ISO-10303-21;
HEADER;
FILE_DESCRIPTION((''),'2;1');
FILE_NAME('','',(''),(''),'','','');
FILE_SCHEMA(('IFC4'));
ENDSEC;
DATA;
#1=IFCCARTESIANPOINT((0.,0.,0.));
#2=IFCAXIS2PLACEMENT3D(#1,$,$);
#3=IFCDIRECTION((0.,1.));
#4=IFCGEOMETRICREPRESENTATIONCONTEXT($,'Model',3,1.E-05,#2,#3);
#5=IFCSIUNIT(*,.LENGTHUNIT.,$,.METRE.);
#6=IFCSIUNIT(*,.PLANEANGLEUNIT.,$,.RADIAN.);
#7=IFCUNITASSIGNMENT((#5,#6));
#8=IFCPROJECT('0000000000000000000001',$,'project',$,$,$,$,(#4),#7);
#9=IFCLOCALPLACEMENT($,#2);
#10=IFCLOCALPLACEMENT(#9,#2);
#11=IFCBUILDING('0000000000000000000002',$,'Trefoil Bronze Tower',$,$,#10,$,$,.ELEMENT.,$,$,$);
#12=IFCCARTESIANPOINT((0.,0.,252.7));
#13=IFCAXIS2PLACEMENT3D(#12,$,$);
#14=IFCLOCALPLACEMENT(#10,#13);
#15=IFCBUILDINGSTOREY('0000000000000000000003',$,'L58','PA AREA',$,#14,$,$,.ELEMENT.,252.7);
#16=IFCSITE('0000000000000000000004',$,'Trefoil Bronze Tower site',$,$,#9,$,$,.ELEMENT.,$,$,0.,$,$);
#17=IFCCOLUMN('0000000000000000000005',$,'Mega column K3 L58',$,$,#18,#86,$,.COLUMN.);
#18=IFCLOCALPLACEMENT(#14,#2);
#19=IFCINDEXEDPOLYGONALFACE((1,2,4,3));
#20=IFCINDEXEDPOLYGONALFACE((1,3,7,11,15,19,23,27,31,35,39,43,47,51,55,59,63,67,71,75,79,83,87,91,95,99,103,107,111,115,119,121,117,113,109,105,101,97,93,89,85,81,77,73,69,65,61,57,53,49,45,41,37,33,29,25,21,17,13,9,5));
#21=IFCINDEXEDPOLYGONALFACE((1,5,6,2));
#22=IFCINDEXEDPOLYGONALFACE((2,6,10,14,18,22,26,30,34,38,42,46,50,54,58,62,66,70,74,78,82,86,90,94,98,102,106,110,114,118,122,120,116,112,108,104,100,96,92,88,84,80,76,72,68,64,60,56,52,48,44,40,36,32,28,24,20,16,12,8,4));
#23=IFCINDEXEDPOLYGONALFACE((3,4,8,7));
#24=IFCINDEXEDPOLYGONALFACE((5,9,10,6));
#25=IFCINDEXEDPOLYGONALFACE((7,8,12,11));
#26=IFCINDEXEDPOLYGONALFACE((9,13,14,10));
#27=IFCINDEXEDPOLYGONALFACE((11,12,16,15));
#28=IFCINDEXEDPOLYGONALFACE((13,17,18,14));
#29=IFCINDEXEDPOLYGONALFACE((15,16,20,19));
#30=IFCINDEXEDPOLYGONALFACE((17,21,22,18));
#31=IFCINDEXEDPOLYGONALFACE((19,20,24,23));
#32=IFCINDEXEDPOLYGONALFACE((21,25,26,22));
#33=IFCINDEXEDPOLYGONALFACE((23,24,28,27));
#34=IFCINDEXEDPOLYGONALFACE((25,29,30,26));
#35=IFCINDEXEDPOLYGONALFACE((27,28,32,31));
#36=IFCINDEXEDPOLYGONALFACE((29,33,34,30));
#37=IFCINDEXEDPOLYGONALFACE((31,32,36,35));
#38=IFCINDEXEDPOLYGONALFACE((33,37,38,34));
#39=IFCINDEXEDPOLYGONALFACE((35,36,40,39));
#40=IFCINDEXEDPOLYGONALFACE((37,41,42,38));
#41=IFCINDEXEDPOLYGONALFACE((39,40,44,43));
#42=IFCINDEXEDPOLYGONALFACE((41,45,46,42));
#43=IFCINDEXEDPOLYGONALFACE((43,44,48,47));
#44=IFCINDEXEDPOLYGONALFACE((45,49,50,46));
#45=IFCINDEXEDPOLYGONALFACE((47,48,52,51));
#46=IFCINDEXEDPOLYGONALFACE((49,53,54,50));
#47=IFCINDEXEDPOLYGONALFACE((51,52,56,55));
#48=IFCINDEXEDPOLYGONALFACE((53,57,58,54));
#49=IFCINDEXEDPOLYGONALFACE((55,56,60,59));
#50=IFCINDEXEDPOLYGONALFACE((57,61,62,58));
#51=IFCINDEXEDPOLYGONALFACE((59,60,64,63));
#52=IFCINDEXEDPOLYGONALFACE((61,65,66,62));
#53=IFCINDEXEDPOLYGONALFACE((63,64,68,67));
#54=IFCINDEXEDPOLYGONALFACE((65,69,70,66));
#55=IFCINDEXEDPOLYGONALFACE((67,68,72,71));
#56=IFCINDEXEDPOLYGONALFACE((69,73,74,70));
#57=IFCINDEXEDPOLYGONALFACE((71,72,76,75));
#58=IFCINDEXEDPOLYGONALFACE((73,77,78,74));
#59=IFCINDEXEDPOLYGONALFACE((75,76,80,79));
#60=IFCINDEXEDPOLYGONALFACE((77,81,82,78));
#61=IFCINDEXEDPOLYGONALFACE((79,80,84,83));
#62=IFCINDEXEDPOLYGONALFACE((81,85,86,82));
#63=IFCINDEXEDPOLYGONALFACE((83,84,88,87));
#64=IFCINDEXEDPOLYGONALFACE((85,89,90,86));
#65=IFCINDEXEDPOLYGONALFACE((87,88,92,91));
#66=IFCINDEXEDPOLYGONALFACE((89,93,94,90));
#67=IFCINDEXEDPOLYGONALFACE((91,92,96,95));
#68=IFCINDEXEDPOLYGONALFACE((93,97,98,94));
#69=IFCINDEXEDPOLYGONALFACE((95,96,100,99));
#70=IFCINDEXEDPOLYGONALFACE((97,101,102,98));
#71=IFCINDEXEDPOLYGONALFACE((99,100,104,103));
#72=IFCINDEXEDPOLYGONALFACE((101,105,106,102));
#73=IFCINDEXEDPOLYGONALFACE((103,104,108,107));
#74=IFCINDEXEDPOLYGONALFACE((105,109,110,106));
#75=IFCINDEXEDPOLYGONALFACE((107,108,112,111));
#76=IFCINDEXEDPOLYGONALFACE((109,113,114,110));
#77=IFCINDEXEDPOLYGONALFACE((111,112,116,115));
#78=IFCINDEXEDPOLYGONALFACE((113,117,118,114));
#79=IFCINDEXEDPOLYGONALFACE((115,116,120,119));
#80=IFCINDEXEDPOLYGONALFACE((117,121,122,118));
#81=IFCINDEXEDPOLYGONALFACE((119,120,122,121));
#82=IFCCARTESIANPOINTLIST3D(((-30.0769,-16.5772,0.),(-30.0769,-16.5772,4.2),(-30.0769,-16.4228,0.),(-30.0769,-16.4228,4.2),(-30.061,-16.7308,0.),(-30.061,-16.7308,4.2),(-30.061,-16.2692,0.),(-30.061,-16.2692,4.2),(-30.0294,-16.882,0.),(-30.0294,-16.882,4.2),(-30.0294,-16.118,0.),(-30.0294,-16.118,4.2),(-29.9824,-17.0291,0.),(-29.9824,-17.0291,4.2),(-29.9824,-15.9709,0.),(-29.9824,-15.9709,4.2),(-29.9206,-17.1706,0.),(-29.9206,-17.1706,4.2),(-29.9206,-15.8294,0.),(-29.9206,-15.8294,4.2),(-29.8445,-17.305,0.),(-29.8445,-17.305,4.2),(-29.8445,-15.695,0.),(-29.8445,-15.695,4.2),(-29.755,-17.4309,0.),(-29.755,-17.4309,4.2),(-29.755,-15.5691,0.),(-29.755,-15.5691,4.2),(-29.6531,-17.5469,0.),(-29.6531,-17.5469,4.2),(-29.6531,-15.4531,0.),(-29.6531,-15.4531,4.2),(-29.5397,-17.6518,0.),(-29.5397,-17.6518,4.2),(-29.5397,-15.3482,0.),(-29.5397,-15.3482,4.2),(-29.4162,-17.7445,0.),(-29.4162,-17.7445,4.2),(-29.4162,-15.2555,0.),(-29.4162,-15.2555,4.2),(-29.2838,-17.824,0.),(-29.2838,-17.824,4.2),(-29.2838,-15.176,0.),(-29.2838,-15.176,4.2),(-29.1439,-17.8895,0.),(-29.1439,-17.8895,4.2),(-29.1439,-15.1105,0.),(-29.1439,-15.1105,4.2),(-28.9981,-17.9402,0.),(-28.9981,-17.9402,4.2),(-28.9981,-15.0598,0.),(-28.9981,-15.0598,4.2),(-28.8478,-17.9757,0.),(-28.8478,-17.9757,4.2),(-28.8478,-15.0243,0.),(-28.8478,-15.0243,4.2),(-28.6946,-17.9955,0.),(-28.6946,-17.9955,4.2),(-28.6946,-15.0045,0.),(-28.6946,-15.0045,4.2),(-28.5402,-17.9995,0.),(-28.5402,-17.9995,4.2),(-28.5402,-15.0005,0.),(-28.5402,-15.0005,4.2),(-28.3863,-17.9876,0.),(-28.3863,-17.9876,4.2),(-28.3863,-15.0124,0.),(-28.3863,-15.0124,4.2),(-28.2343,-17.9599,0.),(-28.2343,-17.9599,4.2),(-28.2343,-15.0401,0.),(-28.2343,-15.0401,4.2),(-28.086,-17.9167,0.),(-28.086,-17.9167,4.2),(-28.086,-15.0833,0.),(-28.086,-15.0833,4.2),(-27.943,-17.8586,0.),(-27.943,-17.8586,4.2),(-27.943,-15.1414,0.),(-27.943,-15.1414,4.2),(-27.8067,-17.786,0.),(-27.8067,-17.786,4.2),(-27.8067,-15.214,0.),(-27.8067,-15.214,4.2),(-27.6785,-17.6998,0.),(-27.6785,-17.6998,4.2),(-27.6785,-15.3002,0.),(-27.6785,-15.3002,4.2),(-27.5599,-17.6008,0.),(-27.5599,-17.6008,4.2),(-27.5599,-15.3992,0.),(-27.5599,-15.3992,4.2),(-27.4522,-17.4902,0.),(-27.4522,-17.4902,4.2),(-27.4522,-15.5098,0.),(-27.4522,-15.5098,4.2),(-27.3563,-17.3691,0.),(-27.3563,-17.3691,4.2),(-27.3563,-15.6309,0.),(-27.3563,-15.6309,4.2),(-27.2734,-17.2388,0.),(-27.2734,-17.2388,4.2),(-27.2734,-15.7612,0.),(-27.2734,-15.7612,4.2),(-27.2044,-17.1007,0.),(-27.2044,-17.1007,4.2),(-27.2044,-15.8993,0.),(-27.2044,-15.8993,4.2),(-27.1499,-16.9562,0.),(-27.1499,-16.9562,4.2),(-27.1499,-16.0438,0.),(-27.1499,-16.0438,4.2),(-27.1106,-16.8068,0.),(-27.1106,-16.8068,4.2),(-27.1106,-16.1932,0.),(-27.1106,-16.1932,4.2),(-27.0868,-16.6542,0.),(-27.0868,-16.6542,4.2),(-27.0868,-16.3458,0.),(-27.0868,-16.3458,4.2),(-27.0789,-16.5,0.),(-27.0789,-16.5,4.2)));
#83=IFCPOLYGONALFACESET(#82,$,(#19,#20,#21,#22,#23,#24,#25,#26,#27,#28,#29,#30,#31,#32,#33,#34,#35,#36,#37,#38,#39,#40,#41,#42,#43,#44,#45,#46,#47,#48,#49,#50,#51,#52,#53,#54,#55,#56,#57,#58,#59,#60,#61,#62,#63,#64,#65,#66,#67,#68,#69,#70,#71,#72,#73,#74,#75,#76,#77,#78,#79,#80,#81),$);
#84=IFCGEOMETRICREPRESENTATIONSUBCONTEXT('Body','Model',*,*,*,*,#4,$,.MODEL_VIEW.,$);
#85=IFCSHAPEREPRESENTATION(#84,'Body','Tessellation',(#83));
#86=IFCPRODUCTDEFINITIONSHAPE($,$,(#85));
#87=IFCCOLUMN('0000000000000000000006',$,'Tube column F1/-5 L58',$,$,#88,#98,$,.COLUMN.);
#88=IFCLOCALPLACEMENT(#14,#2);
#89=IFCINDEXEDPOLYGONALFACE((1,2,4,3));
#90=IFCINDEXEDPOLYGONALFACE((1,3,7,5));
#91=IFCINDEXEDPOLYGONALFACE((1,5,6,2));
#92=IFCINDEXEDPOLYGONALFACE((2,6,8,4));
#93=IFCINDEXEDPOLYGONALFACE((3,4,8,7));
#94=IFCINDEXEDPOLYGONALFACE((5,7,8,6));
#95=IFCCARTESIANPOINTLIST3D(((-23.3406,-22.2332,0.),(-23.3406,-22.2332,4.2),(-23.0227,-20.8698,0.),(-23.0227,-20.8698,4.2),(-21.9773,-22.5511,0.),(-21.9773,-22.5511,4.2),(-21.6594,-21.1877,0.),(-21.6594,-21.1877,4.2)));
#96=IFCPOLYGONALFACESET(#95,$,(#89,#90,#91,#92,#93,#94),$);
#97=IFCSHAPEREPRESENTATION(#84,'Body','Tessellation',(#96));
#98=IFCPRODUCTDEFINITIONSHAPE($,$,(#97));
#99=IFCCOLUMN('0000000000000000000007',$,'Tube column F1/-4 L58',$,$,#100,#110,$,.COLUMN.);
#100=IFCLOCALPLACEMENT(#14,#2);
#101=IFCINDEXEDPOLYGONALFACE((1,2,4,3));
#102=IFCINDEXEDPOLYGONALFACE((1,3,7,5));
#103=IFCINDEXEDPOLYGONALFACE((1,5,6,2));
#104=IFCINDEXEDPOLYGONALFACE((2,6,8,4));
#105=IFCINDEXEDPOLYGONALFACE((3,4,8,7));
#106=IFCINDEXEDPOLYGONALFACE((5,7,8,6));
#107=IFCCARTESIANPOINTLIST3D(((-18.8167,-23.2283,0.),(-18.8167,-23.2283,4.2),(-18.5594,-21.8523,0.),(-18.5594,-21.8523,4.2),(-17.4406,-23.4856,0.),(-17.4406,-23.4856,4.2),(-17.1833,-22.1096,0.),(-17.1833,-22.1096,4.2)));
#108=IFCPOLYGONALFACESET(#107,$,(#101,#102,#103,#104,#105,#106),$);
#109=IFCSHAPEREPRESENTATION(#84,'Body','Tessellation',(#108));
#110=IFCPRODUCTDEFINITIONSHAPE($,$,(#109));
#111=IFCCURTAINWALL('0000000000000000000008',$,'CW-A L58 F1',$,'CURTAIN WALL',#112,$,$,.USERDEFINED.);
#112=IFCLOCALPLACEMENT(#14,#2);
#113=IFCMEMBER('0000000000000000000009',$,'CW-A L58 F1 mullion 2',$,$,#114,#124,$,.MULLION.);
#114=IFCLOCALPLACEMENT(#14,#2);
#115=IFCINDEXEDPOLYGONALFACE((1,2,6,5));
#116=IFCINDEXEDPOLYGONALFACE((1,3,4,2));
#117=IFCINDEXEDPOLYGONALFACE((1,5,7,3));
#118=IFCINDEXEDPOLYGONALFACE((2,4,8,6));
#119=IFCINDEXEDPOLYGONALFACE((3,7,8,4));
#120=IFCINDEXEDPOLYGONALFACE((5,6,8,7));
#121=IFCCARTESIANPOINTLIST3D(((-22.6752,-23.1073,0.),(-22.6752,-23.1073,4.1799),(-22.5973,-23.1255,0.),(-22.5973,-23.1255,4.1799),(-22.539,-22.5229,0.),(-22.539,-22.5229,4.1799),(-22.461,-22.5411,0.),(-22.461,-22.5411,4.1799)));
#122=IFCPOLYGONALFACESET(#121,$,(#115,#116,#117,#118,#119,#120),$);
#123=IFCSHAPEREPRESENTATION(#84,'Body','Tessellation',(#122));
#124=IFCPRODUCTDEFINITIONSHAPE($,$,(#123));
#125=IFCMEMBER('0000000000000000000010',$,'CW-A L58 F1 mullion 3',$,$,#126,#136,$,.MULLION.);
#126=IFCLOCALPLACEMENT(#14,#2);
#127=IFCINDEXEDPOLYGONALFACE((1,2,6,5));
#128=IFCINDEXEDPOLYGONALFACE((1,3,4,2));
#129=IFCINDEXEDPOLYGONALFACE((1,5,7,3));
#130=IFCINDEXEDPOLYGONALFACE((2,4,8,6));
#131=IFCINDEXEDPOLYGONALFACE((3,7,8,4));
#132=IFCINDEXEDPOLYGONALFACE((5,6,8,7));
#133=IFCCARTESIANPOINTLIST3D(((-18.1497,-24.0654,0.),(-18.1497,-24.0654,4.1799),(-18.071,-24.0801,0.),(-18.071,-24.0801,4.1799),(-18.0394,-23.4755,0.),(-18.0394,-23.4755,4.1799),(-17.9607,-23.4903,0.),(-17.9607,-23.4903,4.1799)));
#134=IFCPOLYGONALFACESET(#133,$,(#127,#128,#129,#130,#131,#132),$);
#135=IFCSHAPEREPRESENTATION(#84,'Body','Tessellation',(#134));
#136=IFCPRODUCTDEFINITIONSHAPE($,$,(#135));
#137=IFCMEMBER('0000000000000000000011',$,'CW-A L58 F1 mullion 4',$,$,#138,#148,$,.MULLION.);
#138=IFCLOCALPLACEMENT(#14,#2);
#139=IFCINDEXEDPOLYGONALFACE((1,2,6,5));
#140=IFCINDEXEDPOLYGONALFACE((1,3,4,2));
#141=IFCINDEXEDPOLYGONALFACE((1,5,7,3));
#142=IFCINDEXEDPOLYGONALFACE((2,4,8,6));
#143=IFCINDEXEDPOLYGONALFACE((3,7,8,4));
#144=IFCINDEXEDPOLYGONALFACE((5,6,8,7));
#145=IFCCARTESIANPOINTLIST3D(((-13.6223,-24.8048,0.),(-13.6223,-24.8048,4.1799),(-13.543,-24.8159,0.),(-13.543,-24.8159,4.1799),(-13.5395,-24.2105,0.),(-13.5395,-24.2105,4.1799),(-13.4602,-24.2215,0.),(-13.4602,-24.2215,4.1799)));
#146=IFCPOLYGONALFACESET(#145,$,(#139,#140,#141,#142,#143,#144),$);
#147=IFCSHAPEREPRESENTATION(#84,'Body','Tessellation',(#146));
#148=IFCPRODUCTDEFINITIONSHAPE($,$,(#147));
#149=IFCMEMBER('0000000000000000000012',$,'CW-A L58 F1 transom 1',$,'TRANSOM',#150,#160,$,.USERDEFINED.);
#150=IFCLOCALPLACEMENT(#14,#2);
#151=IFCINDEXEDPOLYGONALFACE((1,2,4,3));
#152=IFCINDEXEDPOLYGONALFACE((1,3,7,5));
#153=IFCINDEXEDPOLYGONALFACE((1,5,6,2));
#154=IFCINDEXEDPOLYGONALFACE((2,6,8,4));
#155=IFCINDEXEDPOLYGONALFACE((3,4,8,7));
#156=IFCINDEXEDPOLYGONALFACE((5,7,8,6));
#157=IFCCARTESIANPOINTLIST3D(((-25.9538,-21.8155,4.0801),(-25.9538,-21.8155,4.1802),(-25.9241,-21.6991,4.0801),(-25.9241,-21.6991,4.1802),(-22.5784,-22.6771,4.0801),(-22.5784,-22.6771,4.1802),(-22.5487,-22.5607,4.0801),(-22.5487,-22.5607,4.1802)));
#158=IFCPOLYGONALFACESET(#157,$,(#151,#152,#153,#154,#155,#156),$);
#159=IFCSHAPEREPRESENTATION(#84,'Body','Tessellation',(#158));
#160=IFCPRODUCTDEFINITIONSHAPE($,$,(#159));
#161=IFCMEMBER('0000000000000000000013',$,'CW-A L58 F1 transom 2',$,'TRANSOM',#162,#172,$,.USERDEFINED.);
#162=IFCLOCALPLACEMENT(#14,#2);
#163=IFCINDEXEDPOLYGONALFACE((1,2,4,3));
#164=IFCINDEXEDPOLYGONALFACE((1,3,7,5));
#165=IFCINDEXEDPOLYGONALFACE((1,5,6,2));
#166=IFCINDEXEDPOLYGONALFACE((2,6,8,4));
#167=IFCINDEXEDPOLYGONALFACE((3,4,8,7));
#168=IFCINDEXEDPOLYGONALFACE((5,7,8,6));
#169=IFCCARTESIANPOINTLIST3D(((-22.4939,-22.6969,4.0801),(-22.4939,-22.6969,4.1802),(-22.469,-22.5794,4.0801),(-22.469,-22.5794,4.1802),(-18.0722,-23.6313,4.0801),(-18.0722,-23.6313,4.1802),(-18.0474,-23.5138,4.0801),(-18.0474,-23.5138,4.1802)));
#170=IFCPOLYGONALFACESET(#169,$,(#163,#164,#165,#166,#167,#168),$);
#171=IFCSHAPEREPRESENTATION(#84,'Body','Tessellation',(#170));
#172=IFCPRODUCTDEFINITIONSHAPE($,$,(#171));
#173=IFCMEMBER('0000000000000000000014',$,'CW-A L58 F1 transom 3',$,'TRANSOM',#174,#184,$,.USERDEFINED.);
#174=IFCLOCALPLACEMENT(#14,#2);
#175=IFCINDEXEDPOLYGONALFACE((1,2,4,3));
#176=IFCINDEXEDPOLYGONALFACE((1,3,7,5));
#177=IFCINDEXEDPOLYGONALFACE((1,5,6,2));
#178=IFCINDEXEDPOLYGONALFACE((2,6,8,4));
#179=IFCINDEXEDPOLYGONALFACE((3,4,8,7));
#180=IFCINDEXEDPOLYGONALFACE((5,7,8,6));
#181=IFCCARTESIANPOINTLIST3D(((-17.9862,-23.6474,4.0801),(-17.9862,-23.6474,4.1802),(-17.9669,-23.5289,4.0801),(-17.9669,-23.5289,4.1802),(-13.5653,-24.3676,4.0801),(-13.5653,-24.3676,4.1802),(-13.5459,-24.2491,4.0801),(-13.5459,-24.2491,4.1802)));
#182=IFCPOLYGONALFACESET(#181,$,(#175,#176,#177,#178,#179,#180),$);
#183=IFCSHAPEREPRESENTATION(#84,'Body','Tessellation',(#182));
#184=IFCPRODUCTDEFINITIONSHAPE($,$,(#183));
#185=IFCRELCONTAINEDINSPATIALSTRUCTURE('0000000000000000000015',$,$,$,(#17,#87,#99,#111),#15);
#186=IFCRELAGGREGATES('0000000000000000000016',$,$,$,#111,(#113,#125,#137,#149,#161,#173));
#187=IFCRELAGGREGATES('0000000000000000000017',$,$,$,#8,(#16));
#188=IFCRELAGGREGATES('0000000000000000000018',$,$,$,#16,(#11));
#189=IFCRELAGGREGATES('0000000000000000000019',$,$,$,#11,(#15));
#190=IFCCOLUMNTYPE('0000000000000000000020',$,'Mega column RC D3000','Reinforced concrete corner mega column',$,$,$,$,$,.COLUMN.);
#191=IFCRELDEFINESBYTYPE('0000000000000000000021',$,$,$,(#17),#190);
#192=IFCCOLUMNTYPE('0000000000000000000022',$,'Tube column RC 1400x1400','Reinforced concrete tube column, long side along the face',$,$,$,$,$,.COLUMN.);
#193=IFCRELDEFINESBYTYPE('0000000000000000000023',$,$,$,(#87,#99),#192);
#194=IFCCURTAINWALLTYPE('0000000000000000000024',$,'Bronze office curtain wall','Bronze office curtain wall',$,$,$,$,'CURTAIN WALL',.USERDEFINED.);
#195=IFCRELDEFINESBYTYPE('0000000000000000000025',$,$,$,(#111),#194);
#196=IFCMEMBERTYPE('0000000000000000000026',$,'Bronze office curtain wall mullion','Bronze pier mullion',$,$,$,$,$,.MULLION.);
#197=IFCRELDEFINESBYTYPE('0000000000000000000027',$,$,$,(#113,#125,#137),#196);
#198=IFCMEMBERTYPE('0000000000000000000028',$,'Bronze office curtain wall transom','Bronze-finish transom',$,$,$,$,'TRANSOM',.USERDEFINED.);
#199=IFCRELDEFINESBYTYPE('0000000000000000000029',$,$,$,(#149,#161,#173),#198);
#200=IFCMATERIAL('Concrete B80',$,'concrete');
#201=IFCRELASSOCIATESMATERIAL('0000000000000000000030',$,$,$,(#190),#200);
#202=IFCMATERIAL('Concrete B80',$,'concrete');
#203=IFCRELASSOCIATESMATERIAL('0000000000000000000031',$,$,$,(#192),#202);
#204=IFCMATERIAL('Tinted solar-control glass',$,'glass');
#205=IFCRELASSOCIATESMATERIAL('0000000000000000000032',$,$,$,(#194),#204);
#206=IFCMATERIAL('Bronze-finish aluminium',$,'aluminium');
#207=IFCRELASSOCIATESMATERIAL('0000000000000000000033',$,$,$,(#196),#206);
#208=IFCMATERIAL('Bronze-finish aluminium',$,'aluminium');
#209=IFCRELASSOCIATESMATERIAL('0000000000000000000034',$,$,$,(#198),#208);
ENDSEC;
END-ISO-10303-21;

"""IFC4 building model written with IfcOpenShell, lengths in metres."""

from ifc_helpers import new_model, si_unit, direction, frame, origin, origin_2d, place, context, subcontext, project, spatial, rectangle, circle, extrude, material, material_profile, profile_set, type_object, element, aggregate, save


model = new_model("IFC4")

# Units and contexts
model_context = context("Model", 3, precision=1e-05, world=origin(), true_north=direction((0.0, 1.0)))
body_context = subcontext(model_context, "Body", "Model", "MODEL_VIEW")
ifc_project = project(units=[si_unit("LENGTHUNIT", "METRE"), si_unit("PLANEANGLEUNIT", "RADIAN")], contexts=[model_context])

# Site, building, storey
site_placement = place(None, origin())
site = spatial("IfcSite", under=ifc_project, at=site_placement, Name="Trefoil Bronze Tower site", CompositionType="ELEMENT", RefElevation=0.0)
building_placement = place(site_placement, origin())
building = spatial("IfcBuilding", under=site, at=building_placement, Name="Trefoil Bronze Tower", CompositionType="ELEMENT")
storey_placement = place(building_placement, frame((0.0, 0.0, 252.7)))
storey = spatial("IfcBuildingStorey", under=building, at=storey_placement, Name="L58", Description="PA AREA", CompositionType="ELEMENT", Elevation=252.7)

# Columns
ifc_material_1 = material(Name="Concrete B80", Category="concrete")
ifc_material_profile_1 = material_profile(ifc_material_1, circle(Radius=1.5, at=origin_2d()), Name="RC D3000")
ifc_profile_set_1 = profile_set([ifc_material_profile_1], Name="Concrete B80")
column_type_1 = type_object("IfcColumnType", Name="Mega column RC D3000", Description="Reinforced concrete corner mega column", PredefinedType="COLUMN", material=ifc_profile_set_1)
column_placement = place(storey_placement, frame((-28.5789, -16.5, 0.0), z_axis=(0.0, 0.0, 1.0), x_axis=(1.0, 0.0, 0.0)))
element("IfcColumn", 1, at=column_placement, inside=storey, type_object=column_type_1, Name="Mega column K3 L58", PredefinedType="COLUMN", context=body_context, shape_type="SweptSolid", body=[
    extrude(circle(Radius=1.5, at=origin_2d()), origin(), (0.0, 0.0, 1.0), 4.2),
])
ifc_material_2 = material(Name="Concrete B80", Category="concrete")
ifc_material_profile_2 = material_profile(ifc_material_2, rectangle(XDim=1.3999, YDim=1.3999, at=origin_2d()), Name="RC 1400x1400")
ifc_profile_set_2 = profile_set([ifc_material_profile_2], Name="Concrete B80")
column_type_2 = type_object("IfcColumnType", Name="Tube column RC 1400x1400", Description="Reinforced concrete tube column, long side along the face", PredefinedType="COLUMN", material=ifc_profile_set_2)
for number, where, z_axis, x_axis, name in (
    (2, (-22.5, -21.7104, 0.0), (0.0, 0.0, 1.0), (0.973875, -0.227083, 0.0), "Tube column F1/-5 L58"),
    (3, (-18.0, -22.6689, 0.0), (0.0, 0.0, 1.0), (0.982959, -0.183825, 0.0), "Tube column F1/-4 L58"),
):
    element("IfcColumn", number, at=place(storey_placement, frame(where, z_axis=z_axis, x_axis=x_axis)), inside=storey, type_object=column_type_2, Name=name, PredefinedType="COLUMN", context=body_context, shape_type="SweptSolid", body=[
        extrude(rectangle(XDim=1.3999, YDim=1.3999, at=origin_2d()), origin(), (0.0, 0.0, 1.0), 4.2),
    ])

# Curtain wall, members
ifc_material_3 = material(Name="Tinted solar-control glass", Category="glass")
curtain_wall_type_1 = type_object("IfcCurtainWallType", Name="Bronze office curtain wall", Description="Bronze office curtain wall", ElementType="CURTAIN WALL", PredefinedType="USERDEFINED", material=ifc_material_3)
curtain_wall_1_placement = place(storey_placement, origin())
curtain_wall_1 = element("IfcCurtainWall", 4, at=curtain_wall_1_placement, inside=storey, type_object=curtain_wall_type_1, Name="CW-A L58 F1", ObjectType="CURTAIN WALL", PredefinedType="USERDEFINED")
ifc_material_4 = material(Name="Bronze-finish aluminium", Category="aluminium")
ifc_material_profile_3 = material_profile(ifc_material_4, rectangle(XDim=0.6001, YDim=0.0801, at=origin_2d()), Name="CW-A mullion")
ifc_profile_set_3 = profile_set([ifc_material_profile_3], Name="Bronze-finish aluminium")
member_type_1 = type_object("IfcMemberType", Name="Bronze office curtain wall mullion", Description="Bronze pier mullion", PredefinedType="MULLION", material=ifc_profile_set_3)
member_1_placement = place(storey_placement, frame((-22.5681, -22.8242, 0.0), z_axis=(0.0, 0.0, 1.0), x_axis=(0.227083, 0.973875, 0.0)))
member_1 = element("IfcMember", 5, at=member_1_placement, type_object=member_type_1, Name="CW-A L58 F1 mullion 2", PredefinedType="MULLION", context=body_context, shape_type="SweptSolid", body=[
    extrude(rectangle(XDim=0.6001, YDim=0.0801, at=origin_2d()), origin(), (0.0, 0.0, 1.0), 4.1799),
])
member_2_placement = place(storey_placement, frame((-18.0552, -23.7778, 0.0), z_axis=(0.0, 0.0, 1.0), x_axis=(0.183825, 0.982959, 0.0)))
member_2 = element("IfcMember", 6, at=member_2_placement, type_object=member_type_1, Name="CW-A L58 F1 mullion 3", PredefinedType="MULLION", context=body_context, shape_type="SweptSolid", body=[
    extrude(rectangle(XDim=0.6001, YDim=0.0801, at=origin_2d()), origin(), (0.0, 0.0, 1.0), 4.1799),
])
member_3_placement = place(storey_placement, frame((-13.5413, -24.5132, 0.0), z_axis=(0.0, 0.0, 1.0), x_axis=(0.137868, 0.990451, 0.0)))
member_3 = element("IfcMember", 7, at=member_3_placement, type_object=member_type_1, Name="CW-A L58 F1 mullion 4", PredefinedType="MULLION", context=body_context, shape_type="SweptSolid", body=[
    extrude(rectangle(XDim=0.6001, YDim=0.0801, at=origin_2d()), origin(), (0.0, 0.0, 1.0), 4.1799),
])
ifc_material_5 = material(Name="Bronze-finish aluminium", Category="aluminium")
ifc_material_profile_4 = material_profile(ifc_material_5, rectangle(XDim=0.1201, YDim=0.1001, at=origin_2d()), Name="CW-A transom")
ifc_profile_set_4 = profile_set([ifc_material_profile_4], Name="Bronze-finish aluminium")
member_type_2 = type_object("IfcMemberType", Name="Bronze office curtain wall transom", Description="Bronze-finish transom", ElementType="TRANSOM", PredefinedType="USERDEFINED", material=ifc_profile_set_4)
member_4_placement = place(storey_placement, frame((-25.939, -21.7573, 4.1301), z_axis=(0.968935, -0.247315, 0.0), x_axis=(0.247315, 0.968935, 0.0)))
member_4 = element("IfcMember", 8, at=member_4_placement, type_object=member_type_2, Name="CW-A L58 F1 transom 1", ObjectType="TRANSOM", PredefinedType="USERDEFINED", context=body_context, shape_type="SweptSolid", body=[
    extrude(rectangle(XDim=0.1201, YDim=0.1001, at=origin_2d()), origin(), (0.0, 0.0, 1.0), 3.4836),
])
member_5_placement = place(storey_placement, frame((-22.4814, -22.6382, 4.1301), z_axis=(0.978395, -0.206743, 0.0), x_axis=(0.206743, 0.978395, 0.0)))
member_5 = element("IfcMember", 9, at=member_5_placement, type_object=member_type_2, Name="CW-A L58 F1 transom 2", ObjectType="TRANSOM", PredefinedType="USERDEFINED", context=body_context, shape_type="SweptSolid", body=[
    extrude(rectangle(XDim=0.1201, YDim=0.1001, at=origin_2d()), origin(), (0.0, 0.0, 1.0), 4.5193),
])
member_6_placement = place(storey_placement, frame((-17.9766, -23.5881, 4.1301), z_axis=(0.986988, -0.160792, 0.0), x_axis=(0.160792, 0.986988, 0.0)))
member_6 = element("IfcMember", 10, at=member_6_placement, type_object=member_type_2, Name="CW-A L58 F1 transom 3", ObjectType="TRANSOM", PredefinedType="USERDEFINED", context=body_context, shape_type="SweptSolid", body=[
    extrude(rectangle(XDim=0.1201, YDim=0.1001, at=origin_2d()), origin(), (0.0, 0.0, 1.0), 4.4792),
])

aggregate(curtain_wall_1, [member_1, member_2, member_3, member_4, member_5, member_6])

save(model, "model.ifc")
